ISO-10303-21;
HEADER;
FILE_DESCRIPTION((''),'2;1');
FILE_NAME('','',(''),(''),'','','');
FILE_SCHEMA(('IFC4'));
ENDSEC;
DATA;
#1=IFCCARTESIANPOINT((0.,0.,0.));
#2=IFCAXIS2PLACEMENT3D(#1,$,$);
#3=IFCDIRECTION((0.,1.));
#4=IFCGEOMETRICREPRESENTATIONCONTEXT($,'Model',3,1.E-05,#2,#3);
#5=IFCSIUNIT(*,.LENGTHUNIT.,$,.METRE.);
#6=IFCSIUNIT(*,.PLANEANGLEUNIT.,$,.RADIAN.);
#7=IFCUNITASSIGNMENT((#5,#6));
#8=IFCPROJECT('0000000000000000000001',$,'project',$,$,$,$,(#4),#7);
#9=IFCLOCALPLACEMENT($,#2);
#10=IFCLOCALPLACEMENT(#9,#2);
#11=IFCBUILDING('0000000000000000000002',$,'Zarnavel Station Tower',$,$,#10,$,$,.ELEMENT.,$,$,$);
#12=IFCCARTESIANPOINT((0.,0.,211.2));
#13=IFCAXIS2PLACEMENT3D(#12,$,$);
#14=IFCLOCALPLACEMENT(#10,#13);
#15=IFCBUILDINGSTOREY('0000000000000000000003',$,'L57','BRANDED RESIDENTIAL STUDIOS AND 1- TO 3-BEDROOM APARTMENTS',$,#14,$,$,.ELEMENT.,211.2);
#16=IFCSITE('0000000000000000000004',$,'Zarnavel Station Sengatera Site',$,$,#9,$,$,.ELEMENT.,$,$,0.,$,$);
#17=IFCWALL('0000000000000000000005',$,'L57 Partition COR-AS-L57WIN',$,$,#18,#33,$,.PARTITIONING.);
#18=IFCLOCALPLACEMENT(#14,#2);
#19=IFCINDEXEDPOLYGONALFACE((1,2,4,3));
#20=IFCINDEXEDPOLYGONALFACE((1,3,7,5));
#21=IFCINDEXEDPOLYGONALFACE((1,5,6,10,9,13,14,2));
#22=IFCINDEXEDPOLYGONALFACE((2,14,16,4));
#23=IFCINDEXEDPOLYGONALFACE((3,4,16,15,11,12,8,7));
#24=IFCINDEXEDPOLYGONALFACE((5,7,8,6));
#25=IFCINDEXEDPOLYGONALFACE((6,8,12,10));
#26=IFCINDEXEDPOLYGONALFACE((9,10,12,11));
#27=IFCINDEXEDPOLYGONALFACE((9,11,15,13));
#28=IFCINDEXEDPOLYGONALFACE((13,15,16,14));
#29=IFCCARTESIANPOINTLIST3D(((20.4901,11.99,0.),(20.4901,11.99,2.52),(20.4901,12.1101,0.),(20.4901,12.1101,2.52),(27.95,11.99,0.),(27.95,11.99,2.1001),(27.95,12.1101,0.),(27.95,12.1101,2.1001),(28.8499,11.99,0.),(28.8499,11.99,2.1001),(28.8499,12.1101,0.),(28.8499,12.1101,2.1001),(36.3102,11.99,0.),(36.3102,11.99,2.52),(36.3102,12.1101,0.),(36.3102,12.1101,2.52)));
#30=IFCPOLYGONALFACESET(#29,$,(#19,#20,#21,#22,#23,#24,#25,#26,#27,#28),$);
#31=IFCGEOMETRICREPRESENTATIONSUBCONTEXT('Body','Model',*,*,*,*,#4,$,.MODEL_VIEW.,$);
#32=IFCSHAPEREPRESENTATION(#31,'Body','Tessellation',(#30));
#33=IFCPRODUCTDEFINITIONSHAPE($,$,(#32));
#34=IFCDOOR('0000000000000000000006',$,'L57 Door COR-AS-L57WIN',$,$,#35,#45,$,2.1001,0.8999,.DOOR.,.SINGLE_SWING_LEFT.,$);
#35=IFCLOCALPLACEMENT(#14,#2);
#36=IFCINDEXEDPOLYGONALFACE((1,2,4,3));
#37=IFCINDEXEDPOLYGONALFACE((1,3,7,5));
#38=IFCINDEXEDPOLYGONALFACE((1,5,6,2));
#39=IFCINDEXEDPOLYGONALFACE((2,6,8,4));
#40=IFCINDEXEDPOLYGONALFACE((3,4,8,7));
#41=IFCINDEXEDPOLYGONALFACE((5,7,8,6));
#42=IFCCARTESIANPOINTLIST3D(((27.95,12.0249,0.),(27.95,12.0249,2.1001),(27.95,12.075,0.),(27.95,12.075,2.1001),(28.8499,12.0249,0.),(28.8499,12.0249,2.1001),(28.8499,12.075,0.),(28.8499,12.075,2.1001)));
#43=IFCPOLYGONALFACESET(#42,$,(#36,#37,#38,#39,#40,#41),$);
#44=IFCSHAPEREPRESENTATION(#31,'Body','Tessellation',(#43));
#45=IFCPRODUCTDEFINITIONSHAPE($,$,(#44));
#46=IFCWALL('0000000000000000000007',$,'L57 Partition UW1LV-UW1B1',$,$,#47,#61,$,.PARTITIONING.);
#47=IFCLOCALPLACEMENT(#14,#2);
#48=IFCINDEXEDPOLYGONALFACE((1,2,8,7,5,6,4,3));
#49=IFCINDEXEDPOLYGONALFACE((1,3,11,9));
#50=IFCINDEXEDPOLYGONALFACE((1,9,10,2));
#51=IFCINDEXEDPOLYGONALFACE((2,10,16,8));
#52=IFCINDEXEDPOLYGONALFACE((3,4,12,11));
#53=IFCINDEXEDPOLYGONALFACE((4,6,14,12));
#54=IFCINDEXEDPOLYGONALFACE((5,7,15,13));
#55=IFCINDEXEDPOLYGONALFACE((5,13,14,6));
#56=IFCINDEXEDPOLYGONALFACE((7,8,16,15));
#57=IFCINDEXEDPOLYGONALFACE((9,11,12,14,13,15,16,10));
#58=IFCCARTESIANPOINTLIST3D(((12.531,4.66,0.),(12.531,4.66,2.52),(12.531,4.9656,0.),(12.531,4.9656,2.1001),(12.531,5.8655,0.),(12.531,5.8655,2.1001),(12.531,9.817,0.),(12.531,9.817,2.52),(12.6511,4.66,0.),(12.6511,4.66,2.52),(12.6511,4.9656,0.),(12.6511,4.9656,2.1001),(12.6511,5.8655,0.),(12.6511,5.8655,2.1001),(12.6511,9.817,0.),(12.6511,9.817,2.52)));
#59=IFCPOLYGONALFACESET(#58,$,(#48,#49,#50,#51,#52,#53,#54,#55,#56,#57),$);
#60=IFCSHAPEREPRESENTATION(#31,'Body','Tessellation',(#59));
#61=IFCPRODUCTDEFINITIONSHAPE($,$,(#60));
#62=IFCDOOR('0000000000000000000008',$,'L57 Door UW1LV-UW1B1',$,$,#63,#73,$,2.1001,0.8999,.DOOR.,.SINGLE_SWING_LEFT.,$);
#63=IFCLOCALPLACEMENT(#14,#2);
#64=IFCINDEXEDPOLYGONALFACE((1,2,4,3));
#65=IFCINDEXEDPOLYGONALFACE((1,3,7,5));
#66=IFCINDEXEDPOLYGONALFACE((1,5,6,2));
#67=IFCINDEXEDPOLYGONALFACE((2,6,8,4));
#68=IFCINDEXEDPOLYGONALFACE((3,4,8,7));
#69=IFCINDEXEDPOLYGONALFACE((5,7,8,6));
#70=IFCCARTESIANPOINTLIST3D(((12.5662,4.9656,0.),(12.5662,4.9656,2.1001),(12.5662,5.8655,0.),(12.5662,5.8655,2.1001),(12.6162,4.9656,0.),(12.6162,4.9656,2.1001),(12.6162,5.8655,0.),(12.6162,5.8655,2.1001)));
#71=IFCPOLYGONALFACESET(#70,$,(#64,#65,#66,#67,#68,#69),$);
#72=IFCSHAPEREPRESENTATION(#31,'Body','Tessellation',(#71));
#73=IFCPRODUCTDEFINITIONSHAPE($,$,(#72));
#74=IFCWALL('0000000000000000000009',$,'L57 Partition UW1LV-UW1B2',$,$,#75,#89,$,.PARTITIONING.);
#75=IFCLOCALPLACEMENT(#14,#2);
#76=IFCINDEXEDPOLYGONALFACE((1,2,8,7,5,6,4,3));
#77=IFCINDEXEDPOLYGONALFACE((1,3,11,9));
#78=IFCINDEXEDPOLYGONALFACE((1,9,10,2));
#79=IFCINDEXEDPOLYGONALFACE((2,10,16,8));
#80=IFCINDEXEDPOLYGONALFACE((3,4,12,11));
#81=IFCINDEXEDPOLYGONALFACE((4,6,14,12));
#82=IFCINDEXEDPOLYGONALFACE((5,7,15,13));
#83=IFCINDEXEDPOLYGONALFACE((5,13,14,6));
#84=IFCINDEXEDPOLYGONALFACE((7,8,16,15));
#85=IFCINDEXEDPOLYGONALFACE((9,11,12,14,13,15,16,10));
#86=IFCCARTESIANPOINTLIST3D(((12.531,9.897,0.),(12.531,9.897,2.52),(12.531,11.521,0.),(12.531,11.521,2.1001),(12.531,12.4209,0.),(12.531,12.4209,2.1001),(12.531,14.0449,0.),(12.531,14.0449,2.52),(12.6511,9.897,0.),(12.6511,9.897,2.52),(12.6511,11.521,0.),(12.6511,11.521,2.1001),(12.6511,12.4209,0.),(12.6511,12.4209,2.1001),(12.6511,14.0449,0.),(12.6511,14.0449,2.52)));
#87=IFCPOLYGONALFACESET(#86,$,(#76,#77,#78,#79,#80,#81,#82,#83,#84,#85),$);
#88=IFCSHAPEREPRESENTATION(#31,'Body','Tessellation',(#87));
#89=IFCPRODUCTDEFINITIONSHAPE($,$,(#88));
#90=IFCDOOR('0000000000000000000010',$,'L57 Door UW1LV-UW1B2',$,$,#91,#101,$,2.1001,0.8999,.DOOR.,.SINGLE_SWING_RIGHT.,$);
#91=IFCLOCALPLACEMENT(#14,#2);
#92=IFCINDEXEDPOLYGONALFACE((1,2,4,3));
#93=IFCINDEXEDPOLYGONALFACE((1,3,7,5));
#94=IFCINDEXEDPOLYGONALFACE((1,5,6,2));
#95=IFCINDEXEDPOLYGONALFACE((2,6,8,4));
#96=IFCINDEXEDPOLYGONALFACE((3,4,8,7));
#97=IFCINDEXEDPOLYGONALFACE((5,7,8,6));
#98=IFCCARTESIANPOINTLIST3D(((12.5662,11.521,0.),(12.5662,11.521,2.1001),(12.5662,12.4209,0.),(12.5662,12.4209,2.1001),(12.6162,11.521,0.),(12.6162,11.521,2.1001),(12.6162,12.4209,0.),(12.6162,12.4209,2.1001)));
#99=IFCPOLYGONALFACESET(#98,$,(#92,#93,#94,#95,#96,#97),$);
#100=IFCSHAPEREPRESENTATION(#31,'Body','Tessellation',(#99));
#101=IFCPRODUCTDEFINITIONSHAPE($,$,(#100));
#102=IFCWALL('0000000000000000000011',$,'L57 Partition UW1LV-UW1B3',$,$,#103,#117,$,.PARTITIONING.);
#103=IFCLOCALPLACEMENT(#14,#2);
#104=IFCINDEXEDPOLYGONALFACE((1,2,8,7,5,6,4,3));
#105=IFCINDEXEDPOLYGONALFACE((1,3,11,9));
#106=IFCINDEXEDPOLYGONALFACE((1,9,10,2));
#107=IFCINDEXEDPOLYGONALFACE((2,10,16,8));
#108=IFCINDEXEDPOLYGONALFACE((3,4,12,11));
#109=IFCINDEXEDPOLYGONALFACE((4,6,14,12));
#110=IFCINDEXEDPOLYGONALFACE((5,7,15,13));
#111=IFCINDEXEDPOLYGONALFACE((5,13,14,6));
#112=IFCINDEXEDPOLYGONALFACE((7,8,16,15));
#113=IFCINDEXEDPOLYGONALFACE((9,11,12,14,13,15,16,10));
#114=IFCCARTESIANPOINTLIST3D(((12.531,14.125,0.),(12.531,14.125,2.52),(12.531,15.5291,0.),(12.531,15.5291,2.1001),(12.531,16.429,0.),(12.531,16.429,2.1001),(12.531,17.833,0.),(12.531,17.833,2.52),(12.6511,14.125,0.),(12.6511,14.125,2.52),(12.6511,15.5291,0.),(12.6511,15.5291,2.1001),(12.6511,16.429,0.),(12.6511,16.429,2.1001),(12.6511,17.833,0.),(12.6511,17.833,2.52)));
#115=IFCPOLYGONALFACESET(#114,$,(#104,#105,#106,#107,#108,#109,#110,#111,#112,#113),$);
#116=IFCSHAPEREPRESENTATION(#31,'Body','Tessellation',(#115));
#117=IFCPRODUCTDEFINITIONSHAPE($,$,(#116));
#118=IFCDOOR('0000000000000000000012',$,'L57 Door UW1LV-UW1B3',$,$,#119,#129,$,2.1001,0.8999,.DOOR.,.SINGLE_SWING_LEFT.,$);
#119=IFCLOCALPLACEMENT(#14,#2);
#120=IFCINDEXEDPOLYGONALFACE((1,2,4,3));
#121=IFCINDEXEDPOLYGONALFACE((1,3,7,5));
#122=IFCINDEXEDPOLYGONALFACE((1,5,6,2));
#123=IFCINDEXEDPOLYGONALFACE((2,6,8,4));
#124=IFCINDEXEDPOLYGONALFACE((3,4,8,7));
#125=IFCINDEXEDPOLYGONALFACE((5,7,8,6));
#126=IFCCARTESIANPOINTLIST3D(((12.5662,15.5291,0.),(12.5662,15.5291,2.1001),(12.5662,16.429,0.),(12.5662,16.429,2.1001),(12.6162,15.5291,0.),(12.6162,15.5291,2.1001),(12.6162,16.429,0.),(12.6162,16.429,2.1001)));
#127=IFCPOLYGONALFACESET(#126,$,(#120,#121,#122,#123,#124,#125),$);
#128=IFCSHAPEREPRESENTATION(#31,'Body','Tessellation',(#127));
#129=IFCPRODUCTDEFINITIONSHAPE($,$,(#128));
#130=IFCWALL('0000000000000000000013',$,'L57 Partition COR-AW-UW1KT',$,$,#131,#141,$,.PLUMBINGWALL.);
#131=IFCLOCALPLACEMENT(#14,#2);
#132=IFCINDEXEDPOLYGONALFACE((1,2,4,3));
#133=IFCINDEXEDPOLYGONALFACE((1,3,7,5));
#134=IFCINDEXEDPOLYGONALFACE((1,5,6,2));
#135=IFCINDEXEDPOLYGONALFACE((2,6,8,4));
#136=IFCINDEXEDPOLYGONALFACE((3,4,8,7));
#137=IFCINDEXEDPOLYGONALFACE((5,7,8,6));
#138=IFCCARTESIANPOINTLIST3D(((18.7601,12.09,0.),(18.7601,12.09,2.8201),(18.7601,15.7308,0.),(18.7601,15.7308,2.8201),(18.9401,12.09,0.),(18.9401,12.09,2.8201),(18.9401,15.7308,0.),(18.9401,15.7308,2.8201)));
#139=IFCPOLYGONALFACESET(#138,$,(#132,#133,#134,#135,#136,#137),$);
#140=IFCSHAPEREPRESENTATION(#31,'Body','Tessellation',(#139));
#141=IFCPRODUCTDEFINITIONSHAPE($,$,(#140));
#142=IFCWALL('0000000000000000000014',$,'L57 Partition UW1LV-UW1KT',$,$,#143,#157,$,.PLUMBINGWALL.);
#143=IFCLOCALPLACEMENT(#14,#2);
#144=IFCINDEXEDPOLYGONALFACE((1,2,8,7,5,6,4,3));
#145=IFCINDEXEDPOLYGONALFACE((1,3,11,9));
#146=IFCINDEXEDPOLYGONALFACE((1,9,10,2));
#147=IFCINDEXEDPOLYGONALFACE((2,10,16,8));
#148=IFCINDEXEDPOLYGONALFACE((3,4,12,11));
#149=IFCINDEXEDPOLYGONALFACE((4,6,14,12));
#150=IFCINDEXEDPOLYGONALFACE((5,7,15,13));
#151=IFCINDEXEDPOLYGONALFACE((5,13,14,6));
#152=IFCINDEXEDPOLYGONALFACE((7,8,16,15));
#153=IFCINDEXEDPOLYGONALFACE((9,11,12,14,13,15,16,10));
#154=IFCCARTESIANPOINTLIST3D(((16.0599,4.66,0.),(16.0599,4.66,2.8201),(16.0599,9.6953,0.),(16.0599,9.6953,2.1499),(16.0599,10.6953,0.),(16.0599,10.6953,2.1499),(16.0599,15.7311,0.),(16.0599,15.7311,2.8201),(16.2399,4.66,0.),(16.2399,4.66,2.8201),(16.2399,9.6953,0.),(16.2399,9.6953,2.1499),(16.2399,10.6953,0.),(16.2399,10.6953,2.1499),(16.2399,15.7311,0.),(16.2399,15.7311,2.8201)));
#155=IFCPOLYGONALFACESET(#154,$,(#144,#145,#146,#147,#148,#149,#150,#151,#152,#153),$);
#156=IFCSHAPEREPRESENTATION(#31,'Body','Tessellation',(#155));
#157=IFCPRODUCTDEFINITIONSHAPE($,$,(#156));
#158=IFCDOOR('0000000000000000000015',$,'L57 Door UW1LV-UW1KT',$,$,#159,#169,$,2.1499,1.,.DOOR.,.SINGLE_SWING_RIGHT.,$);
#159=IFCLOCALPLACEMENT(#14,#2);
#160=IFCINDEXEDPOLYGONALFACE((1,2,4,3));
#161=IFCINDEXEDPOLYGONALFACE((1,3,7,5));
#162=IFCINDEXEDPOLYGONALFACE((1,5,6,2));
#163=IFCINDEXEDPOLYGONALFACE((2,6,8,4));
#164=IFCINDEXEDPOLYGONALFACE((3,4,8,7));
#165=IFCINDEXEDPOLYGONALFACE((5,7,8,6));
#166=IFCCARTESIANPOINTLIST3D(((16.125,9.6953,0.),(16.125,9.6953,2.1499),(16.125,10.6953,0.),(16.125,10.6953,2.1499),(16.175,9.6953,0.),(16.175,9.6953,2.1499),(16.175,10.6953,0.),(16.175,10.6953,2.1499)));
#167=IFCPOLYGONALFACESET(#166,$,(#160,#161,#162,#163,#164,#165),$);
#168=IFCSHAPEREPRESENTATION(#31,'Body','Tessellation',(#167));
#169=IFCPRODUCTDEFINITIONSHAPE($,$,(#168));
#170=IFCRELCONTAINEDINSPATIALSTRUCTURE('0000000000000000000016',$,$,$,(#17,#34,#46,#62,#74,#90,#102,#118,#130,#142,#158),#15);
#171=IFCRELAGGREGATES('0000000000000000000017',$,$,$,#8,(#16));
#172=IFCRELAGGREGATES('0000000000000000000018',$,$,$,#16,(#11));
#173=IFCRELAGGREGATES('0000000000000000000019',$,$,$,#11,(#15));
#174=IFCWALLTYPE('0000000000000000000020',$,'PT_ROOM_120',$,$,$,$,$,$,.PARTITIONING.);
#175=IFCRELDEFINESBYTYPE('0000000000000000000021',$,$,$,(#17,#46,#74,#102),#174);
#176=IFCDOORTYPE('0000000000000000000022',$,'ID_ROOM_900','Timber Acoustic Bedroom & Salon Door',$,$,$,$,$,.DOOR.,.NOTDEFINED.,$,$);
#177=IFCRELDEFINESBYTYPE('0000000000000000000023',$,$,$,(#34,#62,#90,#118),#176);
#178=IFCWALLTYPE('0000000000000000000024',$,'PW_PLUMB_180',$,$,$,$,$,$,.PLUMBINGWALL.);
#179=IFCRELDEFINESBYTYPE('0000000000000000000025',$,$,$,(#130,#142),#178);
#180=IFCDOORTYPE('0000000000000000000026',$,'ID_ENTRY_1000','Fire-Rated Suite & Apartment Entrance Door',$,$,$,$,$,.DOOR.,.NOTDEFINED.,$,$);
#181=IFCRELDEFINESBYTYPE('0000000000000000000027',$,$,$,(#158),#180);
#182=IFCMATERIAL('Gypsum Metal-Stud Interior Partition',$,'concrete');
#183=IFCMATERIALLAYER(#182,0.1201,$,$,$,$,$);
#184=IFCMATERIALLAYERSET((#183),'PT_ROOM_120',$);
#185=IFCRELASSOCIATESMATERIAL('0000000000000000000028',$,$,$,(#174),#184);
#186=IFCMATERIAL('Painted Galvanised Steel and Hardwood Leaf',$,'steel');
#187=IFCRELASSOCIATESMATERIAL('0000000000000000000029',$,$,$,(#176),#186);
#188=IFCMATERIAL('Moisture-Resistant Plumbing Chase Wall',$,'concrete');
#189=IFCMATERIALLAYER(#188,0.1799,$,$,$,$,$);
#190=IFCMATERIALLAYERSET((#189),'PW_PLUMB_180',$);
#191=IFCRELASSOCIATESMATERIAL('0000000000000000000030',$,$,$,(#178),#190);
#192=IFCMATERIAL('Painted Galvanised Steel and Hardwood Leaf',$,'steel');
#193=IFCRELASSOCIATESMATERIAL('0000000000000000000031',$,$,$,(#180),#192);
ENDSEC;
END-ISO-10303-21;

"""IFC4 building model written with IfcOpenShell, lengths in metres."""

from ifc_helpers import new_model, si_unit, direction, frame, frame_2d, origin, place, context, subcontext, project, spatial, rectangle, extrude, material, layer, layer_set, type_object, element, fill, save


model = new_model("IFC4")

# Units and contexts
model_context = context("Model", 3, precision=1e-05, world=origin(), true_north=direction((0.0, 1.0)))
body_context = subcontext(model_context, "Body", "Model", "MODEL_VIEW")
ifc_project = project(units=[si_unit("LENGTHUNIT", "METRE"), si_unit("PLANEANGLEUNIT", "RADIAN")], contexts=[model_context])

# Site, building, storey
site_placement = place(None, origin())
site = spatial("IfcSite", under=ifc_project, at=site_placement, Name="Zarnavel Station Sengatera Site", CompositionType="ELEMENT", RefElevation=0.0)
building_placement = place(site_placement, origin())
building = spatial("IfcBuilding", under=site, at=building_placement, Name="Zarnavel Station Tower", CompositionType="ELEMENT")
storey_placement = place(building_placement, frame((0.0, 0.0, 211.2)))
storey = spatial("IfcBuildingStorey", under=building, at=storey_placement, Name="L57", Description="BRANDED RESIDENTIAL STUDIOS AND 1- TO 3-BEDROOM APARTMENTS", CompositionType="ELEMENT", Elevation=211.2)

# Walls, openings, doors
ifc_material_1 = material(Name="Gypsum Metal-Stud Interior Partition", Category="concrete")
ifc_layer_1 = layer(ifc_material_1, 0.1201)
ifc_layer_set_1 = layer_set([ifc_layer_1], Name="PT_ROOM_120")
wall_type_1 = type_object("IfcWallType", Name="PT_ROOM_120", PredefinedType="PARTITIONING", material=ifc_layer_set_1)
wall_1_placement = place(storey_placement, frame((20.49, 12.05, 0.0), z_axis=(0.0, 0.0, 1.0), x_axis=(1.0, 0.0, 0.0)))
wall_1 = element("IfcWall", 1, at=wall_1_placement, inside=storey, type_object=wall_type_1, Name="L57 Partition COR-AS-L57WIN", PredefinedType="PARTITIONING", context=body_context, shape_type="SweptSolid", body=[
    extrude(rectangle(XDim=15.8201, YDim=0.1201, at=frame_2d((7.9102, 0.0))), origin(), (0.0, 0.0, 1.0), 2.52),
])
opening_1_placement = place(wall_1_placement, frame((7.46, 0.0, 0.0)))
opening_1 = element("IfcOpeningElement", 2, at=opening_1_placement, cuts=wall_1, PredefinedType="OPENING", context=body_context, shape_type="SweptSolid", body=[
    extrude(rectangle(XDim=0.8999, YDim=2.1001, at=frame_2d((0.45, 1.05))), frame((0.0, 0.0701, 0.0), z_axis=(0.0, -1.0, 0.0), x_axis=(1.0, 0.0, 0.0)), (0.0, 0.0, 1.0), 0.1401),
])
ifc_material_2 = material(Name="Painted Galvanised Steel and Hardwood Leaf", Category="steel")
door_type_1 = type_object("IfcDoorType", Name="ID_ROOM_900", Description="Timber Acoustic Bedroom & Salon Door", OperationType="NOTDEFINED", PredefinedType="DOOR", material=ifc_material_2)
door_1_placement = place(opening_1_placement, origin())
door_1 = element("IfcDoor", 3, at=door_1_placement, inside=storey, type_object=door_type_1, Name="L57 Door COR-AS-L57WIN", OperationType="SINGLE_SWING_LEFT", OverallHeight=2.1001, OverallWidth=0.8999, PredefinedType="DOOR", context=body_context, shape_type="SweptSolid", body=[
    extrude(rectangle(XDim=0.8999, YDim=2.1001, at=frame_2d((0.45, 1.05))), frame((0.0, 0.0249, 0.0), z_axis=(0.0, -1.0, 0.0), x_axis=(1.0, 0.0, 0.0)), (0.0, 0.0, 1.0), 0.05),
])
fill(opening_1, door_1)
wall_2_placement = place(storey_placement, frame((12.5911, 4.6599, 0.0), z_axis=(0.0, 0.0, 1.0), x_axis=(0.0, 1.0, 0.0)))
wall_2 = element("IfcWall", 4, at=wall_2_placement, inside=storey, type_object=wall_type_1, Name="L57 Partition UW1LV-UW1B1", PredefinedType="PARTITIONING", context=body_context, shape_type="SweptSolid", body=[
    extrude(rectangle(XDim=5.157, YDim=0.1201, at=frame_2d((2.5786, 0.0))), origin(), (0.0, 0.0, 1.0), 2.52),
])
opening_2_placement = place(wall_2_placement, frame((0.3057, 0.0, 0.0)))
opening_2 = element("IfcOpeningElement", 5, at=opening_2_placement, cuts=wall_2, PredefinedType="OPENING", context=body_context, shape_type="SweptSolid", body=[
    extrude(rectangle(XDim=0.8999, YDim=2.1001, at=frame_2d((0.45, 1.05))), frame((0.0, 0.0701, 0.0), z_axis=(0.0, -1.0, 0.0), x_axis=(1.0, 0.0, 0.0)), (0.0, 0.0, 1.0), 0.1401),
])
door_2_placement = place(opening_2_placement, origin())
door_2 = element("IfcDoor", 6, at=door_2_placement, inside=storey, type_object=door_type_1, Name="L57 Door UW1LV-UW1B1", OperationType="SINGLE_SWING_LEFT", OverallHeight=2.1001, OverallWidth=0.8999, PredefinedType="DOOR", context=body_context, shape_type="SweptSolid", body=[
    extrude(rectangle(XDim=0.8999, YDim=2.1001, at=frame_2d((0.45, 1.05))), frame((0.0, 0.0249, 0.0), z_axis=(0.0, -1.0, 0.0), x_axis=(1.0, 0.0, 0.0)), (0.0, 0.0, 1.0), 0.05),
])
fill(opening_2, door_2)
wall_3_placement = place(storey_placement, frame((12.5911, 9.897, 0.0), z_axis=(0.0, 0.0, 1.0), x_axis=(0.0, 1.0, 0.0)))
wall_3 = element("IfcWall", 7, at=wall_3_placement, inside=storey, type_object=wall_type_1, Name="L57 Partition UW1LV-UW1B2", PredefinedType="PARTITIONING", context=body_context, shape_type="SweptSolid", body=[
    extrude(rectangle(XDim=4.1479, YDim=0.1201, at=frame_2d((2.074, 0.0))), origin(), (0.0, 0.0, 1.0), 2.52),
])
opening_3_placement = place(wall_3_placement, frame((1.624, 0.0, 0.0)))
opening_3 = element("IfcOpeningElement", 8, at=opening_3_placement, cuts=wall_3, PredefinedType="OPENING", context=body_context, shape_type="SweptSolid", body=[
    extrude(rectangle(XDim=0.8999, YDim=2.1001, at=frame_2d((0.45, 1.05))), frame((0.0, 0.0701, 0.0), z_axis=(0.0, -1.0, 0.0), x_axis=(1.0, 0.0, 0.0)), (0.0, 0.0, 1.0), 0.1401),
])
door_3_placement = place(opening_3_placement, origin())
door_3 = element("IfcDoor", 9, at=door_3_placement, inside=storey, type_object=door_type_1, Name="L57 Door UW1LV-UW1B2", OperationType="SINGLE_SWING_RIGHT", OverallHeight=2.1001, OverallWidth=0.8999, PredefinedType="DOOR", context=body_context, shape_type="SweptSolid", body=[
    extrude(rectangle(XDim=0.8999, YDim=2.1001, at=frame_2d((0.45, 1.05))), frame((0.0, 0.0249, 0.0), z_axis=(0.0, -1.0, 0.0), x_axis=(1.0, 0.0, 0.0)), (0.0, 0.0, 1.0), 0.05),
])
fill(opening_3, door_3)
wall_4_placement = place(storey_placement, frame((12.5911, 14.125, 0.0), z_axis=(0.0, 0.0, 1.0), x_axis=(0.0, 1.0, 0.0)))
wall_4 = element("IfcWall", 10, at=wall_4_placement, inside=storey, type_object=wall_type_1, Name="L57 Partition UW1LV-UW1B3", PredefinedType="PARTITIONING", context=body_context, shape_type="SweptSolid", body=[
    extrude(rectangle(XDim=3.708, YDim=0.1201, at=frame_2d((1.854, 0.0))), origin(), (0.0, 0.0, 1.0), 2.52),
])
opening_4_placement = place(wall_4_placement, frame((1.4041, 0.0, 0.0)))
opening_4 = element("IfcOpeningElement", 11, at=opening_4_placement, cuts=wall_4, PredefinedType="OPENING", context=body_context, shape_type="SweptSolid", body=[
    extrude(rectangle(XDim=0.8999, YDim=2.1001, at=frame_2d((0.45, 1.05))), frame((0.0, 0.0701, 0.0), z_axis=(0.0, -1.0, 0.0), x_axis=(1.0, 0.0, 0.0)), (0.0, 0.0, 1.0), 0.1401),
])
door_4_placement = place(opening_4_placement, origin())
door_4 = element("IfcDoor", 12, at=door_4_placement, inside=storey, type_object=door_type_1, Name="L57 Door UW1LV-UW1B3", OperationType="SINGLE_SWING_LEFT", OverallHeight=2.1001, OverallWidth=0.8999, PredefinedType="DOOR", context=body_context, shape_type="SweptSolid", body=[
    extrude(rectangle(XDim=0.8999, YDim=2.1001, at=frame_2d((0.45, 1.05))), frame((0.0, 0.0249, 0.0), z_axis=(0.0, -1.0, 0.0), x_axis=(1.0, 0.0, 0.0)), (0.0, 0.0, 1.0), 0.05),
])
fill(opening_4, door_4)

# Wall
ifc_material_3 = material(Name="Moisture-Resistant Plumbing Chase Wall", Category="concrete")
ifc_layer_2 = layer(ifc_material_3, 0.1799)
ifc_layer_set_2 = layer_set([ifc_layer_2], Name="PW_PLUMB_180")
wall_type_2 = type_object("IfcWallType", Name="PW_PLUMB_180", PredefinedType="PLUMBINGWALL", material=ifc_layer_set_2)
wall_5_placement = place(storey_placement, frame((18.8501, 12.0901, 0.0), z_axis=(0.0, 0.0, 1.0), x_axis=(0.0, 1.0, 0.0)))
element("IfcWall", 13, at=wall_5_placement, inside=storey, type_object=wall_type_2, Name="L57 Partition COR-AW-UW1KT", PredefinedType="PLUMBINGWALL", context=body_context, shape_type="SweptSolid", body=[
    extrude(rectangle(XDim=3.6409, YDim=0.1799, at=frame_2d((1.8203, 0.0))), origin(), (0.0, 0.0, 1.0), 2.8201),
])

# Wall, opening, door
wall_6_placement = place(storey_placement, frame((16.1499, 4.6599, 0.0), z_axis=(0.0, 0.0, 1.0), x_axis=(0.0, 1.0, 0.0)))
wall_6 = element("IfcWall", 14, at=wall_6_placement, inside=storey, type_object=wall_type_2, Name="L57 Partition UW1LV-UW1KT", PredefinedType="PLUMBINGWALL", context=body_context, shape_type="SweptSolid", body=[
    extrude(rectangle(XDim=11.071, YDim=0.1799, at=frame_2d((5.5356, 0.0))), origin(), (0.0, 0.0, 1.0), 2.8201),
])
opening_5_placement = place(wall_6_placement, frame((5.0354, 0.0, 0.0)))
opening_5 = element("IfcOpeningElement", 15, at=opening_5_placement, cuts=wall_6, PredefinedType="OPENING", context=body_context, shape_type="SweptSolid", body=[
    extrude(rectangle(XDim=1.0, YDim=2.1499, at=frame_2d((0.5, 1.075))), frame((0.0, 0.0999, 0.0), z_axis=(0.0, -1.0, 0.0), x_axis=(1.0, 0.0, 0.0)), (0.0, 0.0, 1.0), 0.2),
])
ifc_material_4 = material(Name="Painted Galvanised Steel and Hardwood Leaf", Category="steel")
door_type_2 = type_object("IfcDoorType", Name="ID_ENTRY_1000", Description="Fire-Rated Suite & Apartment Entrance Door", OperationType="NOTDEFINED", PredefinedType="DOOR", material=ifc_material_4)
door_5_placement = place(opening_5_placement, origin())
door_5 = element("IfcDoor", 16, at=door_5_placement, inside=storey, type_object=door_type_2, Name="L57 Door UW1LV-UW1KT", OperationType="SINGLE_SWING_RIGHT", OverallHeight=2.1499, OverallWidth=1.0, PredefinedType="DOOR", context=body_context, shape_type="SweptSolid", body=[
    extrude(rectangle(XDim=1.0, YDim=2.1499, at=frame_2d((0.5, 1.075))), frame((0.0, 0.0249, 0.0), z_axis=(0.0, -1.0, 0.0), x_axis=(1.0, 0.0, 0.0)), (0.0, 0.0, 1.0), 0.05),
])
fill(opening_5, door_5)

save(model, "model.ifc")
